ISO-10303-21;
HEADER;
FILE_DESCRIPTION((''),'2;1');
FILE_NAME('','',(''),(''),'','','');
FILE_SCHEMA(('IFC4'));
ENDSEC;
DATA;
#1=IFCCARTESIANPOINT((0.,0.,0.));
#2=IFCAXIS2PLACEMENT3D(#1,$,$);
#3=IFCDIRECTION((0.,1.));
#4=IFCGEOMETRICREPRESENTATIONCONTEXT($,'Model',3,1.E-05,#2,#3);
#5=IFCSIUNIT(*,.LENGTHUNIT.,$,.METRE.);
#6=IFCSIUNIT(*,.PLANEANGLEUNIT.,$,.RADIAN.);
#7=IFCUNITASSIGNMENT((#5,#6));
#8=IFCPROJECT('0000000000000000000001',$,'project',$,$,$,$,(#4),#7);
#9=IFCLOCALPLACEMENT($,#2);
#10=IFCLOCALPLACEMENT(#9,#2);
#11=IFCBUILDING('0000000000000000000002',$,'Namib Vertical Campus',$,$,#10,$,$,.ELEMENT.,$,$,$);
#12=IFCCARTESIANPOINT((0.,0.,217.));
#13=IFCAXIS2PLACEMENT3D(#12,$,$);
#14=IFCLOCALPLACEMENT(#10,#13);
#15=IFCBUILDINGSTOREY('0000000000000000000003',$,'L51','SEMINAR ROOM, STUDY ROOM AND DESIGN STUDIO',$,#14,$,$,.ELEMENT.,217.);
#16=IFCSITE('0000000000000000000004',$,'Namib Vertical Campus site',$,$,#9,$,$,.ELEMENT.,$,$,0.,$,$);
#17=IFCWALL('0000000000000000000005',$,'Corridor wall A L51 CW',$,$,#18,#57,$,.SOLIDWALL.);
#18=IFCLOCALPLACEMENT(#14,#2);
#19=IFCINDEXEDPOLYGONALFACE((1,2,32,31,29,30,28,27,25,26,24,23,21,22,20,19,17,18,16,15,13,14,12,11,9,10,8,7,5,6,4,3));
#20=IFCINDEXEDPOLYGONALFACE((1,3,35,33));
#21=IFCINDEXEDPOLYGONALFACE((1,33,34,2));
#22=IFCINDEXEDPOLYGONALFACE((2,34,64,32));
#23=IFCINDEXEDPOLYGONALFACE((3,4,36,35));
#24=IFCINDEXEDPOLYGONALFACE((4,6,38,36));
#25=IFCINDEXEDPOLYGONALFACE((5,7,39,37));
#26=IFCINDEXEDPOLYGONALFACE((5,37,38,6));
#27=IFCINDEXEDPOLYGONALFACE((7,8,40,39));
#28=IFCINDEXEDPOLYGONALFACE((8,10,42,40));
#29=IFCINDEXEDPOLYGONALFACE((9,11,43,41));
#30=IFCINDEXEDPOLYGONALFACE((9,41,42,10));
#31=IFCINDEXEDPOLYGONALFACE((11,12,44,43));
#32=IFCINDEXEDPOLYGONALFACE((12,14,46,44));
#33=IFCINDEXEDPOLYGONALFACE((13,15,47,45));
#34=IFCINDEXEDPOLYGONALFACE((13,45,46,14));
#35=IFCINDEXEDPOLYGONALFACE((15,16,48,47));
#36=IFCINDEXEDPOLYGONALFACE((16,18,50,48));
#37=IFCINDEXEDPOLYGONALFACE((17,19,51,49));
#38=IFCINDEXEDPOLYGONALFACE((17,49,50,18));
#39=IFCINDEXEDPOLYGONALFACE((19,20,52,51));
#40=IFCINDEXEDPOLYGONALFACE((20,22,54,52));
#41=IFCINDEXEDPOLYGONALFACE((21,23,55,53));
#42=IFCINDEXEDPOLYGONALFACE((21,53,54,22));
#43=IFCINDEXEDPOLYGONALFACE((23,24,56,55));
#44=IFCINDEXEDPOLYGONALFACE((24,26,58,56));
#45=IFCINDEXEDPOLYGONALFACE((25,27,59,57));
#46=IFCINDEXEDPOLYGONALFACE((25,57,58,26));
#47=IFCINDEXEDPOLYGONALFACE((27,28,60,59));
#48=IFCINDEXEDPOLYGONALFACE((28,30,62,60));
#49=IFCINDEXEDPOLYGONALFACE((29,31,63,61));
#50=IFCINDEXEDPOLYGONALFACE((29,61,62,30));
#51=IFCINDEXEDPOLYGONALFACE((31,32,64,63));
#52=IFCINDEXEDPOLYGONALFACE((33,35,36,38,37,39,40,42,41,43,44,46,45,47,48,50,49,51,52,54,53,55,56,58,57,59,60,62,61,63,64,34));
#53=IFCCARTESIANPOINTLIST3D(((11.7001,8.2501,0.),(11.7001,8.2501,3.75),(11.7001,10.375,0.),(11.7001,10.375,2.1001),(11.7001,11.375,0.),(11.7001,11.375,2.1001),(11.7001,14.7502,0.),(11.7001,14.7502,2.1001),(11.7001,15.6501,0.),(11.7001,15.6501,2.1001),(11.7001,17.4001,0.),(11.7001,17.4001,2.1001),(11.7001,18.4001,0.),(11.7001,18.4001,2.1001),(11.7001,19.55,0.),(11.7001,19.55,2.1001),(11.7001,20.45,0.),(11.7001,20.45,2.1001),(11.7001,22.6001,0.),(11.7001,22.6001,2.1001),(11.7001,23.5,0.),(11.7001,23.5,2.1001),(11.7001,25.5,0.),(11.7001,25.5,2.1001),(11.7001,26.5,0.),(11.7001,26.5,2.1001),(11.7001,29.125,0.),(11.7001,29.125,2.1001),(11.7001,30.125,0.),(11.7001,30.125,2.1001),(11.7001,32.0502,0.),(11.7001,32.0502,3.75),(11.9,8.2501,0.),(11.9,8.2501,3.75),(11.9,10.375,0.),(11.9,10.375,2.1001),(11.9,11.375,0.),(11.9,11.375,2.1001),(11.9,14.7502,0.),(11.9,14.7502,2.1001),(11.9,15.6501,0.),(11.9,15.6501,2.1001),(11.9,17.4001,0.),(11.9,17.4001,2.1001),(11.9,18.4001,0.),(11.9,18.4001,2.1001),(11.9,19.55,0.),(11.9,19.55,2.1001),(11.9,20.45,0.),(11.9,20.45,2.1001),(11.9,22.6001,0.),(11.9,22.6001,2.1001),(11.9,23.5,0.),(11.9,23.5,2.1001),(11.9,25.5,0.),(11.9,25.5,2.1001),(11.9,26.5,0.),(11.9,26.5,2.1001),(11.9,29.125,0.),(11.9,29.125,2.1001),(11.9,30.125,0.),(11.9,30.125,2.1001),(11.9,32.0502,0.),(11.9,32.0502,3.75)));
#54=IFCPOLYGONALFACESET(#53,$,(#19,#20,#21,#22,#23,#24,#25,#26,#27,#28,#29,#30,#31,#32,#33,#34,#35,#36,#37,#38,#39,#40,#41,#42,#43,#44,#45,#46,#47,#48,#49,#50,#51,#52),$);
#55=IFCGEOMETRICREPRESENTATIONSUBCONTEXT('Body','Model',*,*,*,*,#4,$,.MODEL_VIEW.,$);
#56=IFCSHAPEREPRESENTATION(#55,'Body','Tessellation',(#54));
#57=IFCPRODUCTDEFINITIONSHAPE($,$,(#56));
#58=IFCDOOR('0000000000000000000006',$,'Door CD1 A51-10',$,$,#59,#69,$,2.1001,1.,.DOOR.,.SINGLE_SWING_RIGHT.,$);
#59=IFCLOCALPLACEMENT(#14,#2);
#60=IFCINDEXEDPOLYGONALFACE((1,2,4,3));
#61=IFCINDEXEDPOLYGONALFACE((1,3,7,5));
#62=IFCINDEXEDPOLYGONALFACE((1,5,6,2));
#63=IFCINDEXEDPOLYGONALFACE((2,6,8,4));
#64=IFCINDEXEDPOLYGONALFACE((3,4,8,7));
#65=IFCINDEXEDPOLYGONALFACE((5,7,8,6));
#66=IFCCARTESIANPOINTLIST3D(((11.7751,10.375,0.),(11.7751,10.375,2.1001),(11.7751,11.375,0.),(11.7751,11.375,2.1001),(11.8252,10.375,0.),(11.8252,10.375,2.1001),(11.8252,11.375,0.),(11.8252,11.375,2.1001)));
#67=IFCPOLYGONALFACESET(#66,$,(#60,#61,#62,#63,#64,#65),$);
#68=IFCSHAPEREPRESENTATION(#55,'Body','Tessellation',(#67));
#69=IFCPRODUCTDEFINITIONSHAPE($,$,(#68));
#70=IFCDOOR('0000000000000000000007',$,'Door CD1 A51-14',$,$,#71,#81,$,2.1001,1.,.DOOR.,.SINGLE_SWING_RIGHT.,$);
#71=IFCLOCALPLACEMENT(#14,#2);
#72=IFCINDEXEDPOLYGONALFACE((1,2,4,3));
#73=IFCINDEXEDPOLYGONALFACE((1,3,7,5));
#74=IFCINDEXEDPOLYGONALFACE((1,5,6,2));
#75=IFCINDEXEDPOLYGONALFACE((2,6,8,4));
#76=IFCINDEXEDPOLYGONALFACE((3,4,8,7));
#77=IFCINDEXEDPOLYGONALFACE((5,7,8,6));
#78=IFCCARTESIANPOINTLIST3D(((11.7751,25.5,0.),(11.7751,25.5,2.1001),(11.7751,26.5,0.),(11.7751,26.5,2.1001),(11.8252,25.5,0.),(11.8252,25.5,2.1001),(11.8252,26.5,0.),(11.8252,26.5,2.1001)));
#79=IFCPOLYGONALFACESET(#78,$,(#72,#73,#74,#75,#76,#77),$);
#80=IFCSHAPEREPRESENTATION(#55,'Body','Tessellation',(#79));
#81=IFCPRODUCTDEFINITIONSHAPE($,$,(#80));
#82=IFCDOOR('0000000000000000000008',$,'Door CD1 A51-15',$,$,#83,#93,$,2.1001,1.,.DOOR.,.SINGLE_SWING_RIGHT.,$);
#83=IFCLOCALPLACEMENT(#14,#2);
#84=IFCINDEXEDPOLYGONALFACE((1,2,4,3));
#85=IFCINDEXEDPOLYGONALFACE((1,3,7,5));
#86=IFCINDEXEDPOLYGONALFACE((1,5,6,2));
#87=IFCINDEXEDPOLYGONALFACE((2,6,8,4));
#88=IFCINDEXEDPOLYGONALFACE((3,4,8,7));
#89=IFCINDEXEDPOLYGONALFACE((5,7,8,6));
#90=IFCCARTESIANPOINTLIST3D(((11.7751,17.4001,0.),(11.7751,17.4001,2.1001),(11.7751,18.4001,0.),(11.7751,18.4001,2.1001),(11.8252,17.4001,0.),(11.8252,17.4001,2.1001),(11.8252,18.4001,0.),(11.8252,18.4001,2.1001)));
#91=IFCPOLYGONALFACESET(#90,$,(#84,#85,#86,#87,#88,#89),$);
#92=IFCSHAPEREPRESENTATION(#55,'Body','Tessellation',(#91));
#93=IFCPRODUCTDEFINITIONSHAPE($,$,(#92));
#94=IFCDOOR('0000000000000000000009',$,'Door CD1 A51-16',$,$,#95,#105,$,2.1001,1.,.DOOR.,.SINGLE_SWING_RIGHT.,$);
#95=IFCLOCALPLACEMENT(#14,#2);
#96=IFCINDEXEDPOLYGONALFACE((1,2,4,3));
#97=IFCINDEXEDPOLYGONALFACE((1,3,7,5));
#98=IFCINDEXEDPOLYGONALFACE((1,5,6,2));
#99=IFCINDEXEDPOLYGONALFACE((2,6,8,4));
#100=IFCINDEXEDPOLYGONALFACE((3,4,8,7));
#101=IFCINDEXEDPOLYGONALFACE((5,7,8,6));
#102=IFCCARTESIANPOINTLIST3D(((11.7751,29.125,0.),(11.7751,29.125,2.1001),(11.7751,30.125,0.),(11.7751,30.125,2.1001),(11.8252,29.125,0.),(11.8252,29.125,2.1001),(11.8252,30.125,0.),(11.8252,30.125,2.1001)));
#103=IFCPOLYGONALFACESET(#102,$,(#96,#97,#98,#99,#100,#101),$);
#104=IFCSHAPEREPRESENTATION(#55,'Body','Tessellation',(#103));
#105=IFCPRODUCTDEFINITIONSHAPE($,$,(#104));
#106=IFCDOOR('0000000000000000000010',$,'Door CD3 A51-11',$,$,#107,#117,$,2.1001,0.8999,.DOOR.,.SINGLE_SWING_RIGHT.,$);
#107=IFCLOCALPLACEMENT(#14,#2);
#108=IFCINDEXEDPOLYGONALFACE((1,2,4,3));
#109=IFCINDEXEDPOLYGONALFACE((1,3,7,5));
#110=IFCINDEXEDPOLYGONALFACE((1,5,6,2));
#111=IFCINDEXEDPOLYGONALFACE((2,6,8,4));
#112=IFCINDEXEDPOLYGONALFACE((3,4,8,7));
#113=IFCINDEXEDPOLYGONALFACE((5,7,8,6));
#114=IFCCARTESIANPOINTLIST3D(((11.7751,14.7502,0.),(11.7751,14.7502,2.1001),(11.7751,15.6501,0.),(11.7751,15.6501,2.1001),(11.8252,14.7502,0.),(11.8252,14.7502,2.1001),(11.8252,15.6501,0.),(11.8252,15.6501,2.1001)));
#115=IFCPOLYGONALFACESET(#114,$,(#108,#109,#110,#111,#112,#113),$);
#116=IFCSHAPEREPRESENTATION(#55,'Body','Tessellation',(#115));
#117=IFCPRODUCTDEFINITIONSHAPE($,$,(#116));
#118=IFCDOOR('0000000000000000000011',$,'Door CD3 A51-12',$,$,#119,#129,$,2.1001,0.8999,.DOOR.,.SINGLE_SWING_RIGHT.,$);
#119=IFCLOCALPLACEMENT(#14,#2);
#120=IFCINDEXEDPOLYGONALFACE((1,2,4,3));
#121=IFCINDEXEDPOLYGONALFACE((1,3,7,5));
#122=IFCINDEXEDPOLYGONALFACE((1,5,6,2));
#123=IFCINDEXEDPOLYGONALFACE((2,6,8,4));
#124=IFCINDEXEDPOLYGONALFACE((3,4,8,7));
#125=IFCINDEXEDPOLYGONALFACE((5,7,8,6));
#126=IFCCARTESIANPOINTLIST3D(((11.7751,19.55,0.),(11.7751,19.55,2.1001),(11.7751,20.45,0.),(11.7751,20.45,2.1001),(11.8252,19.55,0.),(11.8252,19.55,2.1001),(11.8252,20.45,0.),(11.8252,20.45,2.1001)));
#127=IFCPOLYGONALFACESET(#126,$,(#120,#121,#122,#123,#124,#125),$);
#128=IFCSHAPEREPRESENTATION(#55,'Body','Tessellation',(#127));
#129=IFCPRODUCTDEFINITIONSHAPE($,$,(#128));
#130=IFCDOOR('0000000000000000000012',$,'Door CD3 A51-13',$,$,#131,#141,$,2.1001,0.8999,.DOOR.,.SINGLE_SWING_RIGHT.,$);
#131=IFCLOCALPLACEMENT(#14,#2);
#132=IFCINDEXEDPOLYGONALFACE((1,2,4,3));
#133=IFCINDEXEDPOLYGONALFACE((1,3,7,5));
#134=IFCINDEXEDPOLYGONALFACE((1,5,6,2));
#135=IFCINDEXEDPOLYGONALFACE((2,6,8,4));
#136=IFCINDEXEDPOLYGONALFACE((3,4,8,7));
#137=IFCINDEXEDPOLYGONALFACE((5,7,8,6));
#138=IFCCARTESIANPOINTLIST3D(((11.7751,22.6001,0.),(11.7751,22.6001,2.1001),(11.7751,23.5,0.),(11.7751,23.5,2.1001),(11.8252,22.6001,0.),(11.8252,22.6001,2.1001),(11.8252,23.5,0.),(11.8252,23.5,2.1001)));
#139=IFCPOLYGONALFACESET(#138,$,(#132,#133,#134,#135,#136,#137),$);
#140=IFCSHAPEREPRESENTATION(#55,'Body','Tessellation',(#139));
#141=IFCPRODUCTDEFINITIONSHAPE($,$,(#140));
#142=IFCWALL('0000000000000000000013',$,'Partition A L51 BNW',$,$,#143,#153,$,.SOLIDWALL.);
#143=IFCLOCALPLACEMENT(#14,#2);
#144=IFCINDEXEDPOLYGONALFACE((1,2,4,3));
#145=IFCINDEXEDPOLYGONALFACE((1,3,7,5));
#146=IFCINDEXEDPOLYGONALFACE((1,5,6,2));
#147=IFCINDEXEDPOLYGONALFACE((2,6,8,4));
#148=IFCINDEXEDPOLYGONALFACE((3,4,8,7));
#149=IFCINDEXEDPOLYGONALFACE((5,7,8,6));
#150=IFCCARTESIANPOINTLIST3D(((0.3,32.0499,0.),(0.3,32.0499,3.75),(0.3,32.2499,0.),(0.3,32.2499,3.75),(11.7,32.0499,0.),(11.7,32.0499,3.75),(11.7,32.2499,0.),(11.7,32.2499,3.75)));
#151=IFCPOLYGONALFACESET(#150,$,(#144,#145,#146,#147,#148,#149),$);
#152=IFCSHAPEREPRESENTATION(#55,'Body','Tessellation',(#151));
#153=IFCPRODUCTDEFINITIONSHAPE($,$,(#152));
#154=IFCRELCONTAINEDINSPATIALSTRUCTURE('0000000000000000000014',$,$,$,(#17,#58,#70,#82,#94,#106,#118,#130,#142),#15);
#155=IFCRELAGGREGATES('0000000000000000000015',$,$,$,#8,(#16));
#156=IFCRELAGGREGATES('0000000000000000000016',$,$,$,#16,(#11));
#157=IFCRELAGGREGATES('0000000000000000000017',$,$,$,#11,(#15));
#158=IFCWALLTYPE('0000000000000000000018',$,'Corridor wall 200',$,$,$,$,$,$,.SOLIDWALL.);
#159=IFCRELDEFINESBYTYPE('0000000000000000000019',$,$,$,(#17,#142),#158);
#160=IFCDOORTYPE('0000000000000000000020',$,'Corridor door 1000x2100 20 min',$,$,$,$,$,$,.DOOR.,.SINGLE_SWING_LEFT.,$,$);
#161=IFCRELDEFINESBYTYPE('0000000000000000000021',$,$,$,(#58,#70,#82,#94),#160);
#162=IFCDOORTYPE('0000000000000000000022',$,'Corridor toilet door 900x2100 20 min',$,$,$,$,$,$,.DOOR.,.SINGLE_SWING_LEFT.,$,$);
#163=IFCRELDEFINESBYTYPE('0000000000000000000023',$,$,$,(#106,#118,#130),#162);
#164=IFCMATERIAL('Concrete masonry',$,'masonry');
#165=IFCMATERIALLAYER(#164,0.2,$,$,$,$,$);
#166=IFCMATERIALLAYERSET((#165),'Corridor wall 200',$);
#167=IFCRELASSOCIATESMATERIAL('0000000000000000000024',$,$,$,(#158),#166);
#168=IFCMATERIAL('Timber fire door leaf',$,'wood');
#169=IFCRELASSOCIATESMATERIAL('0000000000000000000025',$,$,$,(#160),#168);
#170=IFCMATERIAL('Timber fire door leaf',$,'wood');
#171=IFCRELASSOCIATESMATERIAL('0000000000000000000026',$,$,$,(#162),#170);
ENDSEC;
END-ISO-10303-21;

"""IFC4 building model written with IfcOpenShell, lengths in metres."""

from ifc_helpers import new_model, si_unit, direction, frame, frame_2d, origin, place, context, subcontext, project, spatial, rectangle, extrude, material, layer, layer_set, type_object, element, fill, save


model = new_model("IFC4")

# Units and contexts
model_context = context("Model", 3, precision=1e-05, world=origin(), true_north=direction((0.0, 1.0)))
body_context = subcontext(model_context, "Body", "Model", "MODEL_VIEW")
ifc_project = project(units=[si_unit("LENGTHUNIT", "METRE"), si_unit("PLANEANGLEUNIT", "RADIAN")], contexts=[model_context])

# Site, building, storey
site_placement = place(None, origin())
site = spatial("IfcSite", under=ifc_project, at=site_placement, Name="Namib Vertical Campus site", CompositionType="ELEMENT", RefElevation=0.0)
building_placement = place(site_placement, origin())
building = spatial("IfcBuilding", under=site, at=building_placement, Name="Namib Vertical Campus", CompositionType="ELEMENT")
storey_placement = place(building_placement, frame((0.0, 0.0, 217.0)))
storey = spatial("IfcBuildingStorey", under=building, at=storey_placement, Name="L51", Description="SEMINAR ROOM, STUDY ROOM AND DESIGN STUDIO", CompositionType="ELEMENT", Elevation=217.0)

# Wall, openings, doors
ifc_material_1 = material(Name="Concrete masonry", Category="masonry")
ifc_layer_1 = layer(ifc_material_1, 0.2)
ifc_layer_set_1 = layer_set([ifc_layer_1], Name="Corridor wall 200")
wall_type_1 = type_object("IfcWallType", Name="Corridor wall 200", PredefinedType="SOLIDWALL", material=ifc_layer_set_1)
wall_1_placement = place(storey_placement, frame((11.8, 32.05, 0.0), z_axis=(0.0, 0.0, 1.0), x_axis=(0.0, -1.0, 0.0)))
wall_1 = element("IfcWall", 1, at=wall_1_placement, inside=storey, type_object=wall_type_1, Name="Corridor wall A L51 CW", PredefinedType="SOLIDWALL", context=body_context, shape_type="SweptSolid", body=[
    extrude(rectangle(XDim=23.8, YDim=0.2, at=frame_2d((11.8999, 0.0))), origin(), (0.0, 0.0, 1.0), 3.75),
])
opening_1_placement = place(wall_1_placement, frame((20.675, 0.0, 0.0)))
opening_1 = element("IfcOpeningElement", 2, at=opening_1_placement, cuts=wall_1, PredefinedType="OPENING", context=body_context, shape_type="SweptSolid", body=[
    extrude(rectangle(XDim=1.0, YDim=2.1001, at=frame_2d((0.5, 1.05))), frame((0.0, 0.1099, 0.0), z_axis=(0.0, -1.0, 0.0), x_axis=(1.0, 0.0, 0.0)), (0.0, 0.0, 1.0), 0.22),
])
opening_2_placement = place(wall_1_placement, frame((16.3999, 0.0, 0.0)))
opening_2 = element("IfcOpeningElement", 3, at=opening_2_placement, cuts=wall_1, PredefinedType="OPENING", context=body_context, shape_type="SweptSolid", body=[
    extrude(rectangle(XDim=0.8999, YDim=2.1001, at=frame_2d((0.45, 1.05))), frame((0.0, 0.1099, 0.0), z_axis=(0.0, -1.0, 0.0), x_axis=(1.0, 0.0, 0.0)), (0.0, 0.0, 1.0), 0.22),
])
opening_3_placement = place(wall_1_placement, frame((11.6001, 0.0, 0.0)))
opening_3 = element("IfcOpeningElement", 4, at=opening_3_placement, cuts=wall_1, PredefinedType="OPENING", context=body_context, shape_type="SweptSolid", body=[
    extrude(rectangle(XDim=0.8999, YDim=2.1001, at=frame_2d((0.45, 1.05))), frame((0.0, 0.1099, 0.0), z_axis=(0.0, -1.0, 0.0), x_axis=(1.0, 0.0, 0.0)), (0.0, 0.0, 1.0), 0.22),
])
opening_4_placement = place(wall_1_placement, frame((8.55, 0.0, 0.0)))
opening_4 = element("IfcOpeningElement", 5, at=opening_4_placement, cuts=wall_1, PredefinedType="OPENING", context=body_context, shape_type="SweptSolid", body=[
    extrude(rectangle(XDim=0.8999, YDim=2.1001, at=frame_2d((0.45, 1.05))), frame((0.0, 0.1099, 0.0), z_axis=(0.0, -1.0, 0.0), x_axis=(1.0, 0.0, 0.0)), (0.0, 0.0, 1.0), 0.22),
])
opening_5_placement = place(wall_1_placement, frame((5.55, 0.0, 0.0)))
opening_5 = element("IfcOpeningElement", 6, at=opening_5_placement, cuts=wall_1, PredefinedType="OPENING", context=body_context, shape_type="SweptSolid", body=[
    extrude(rectangle(XDim=1.0, YDim=2.1001, at=frame_2d((0.5, 1.05))), frame((0.0, 0.1099, 0.0), z_axis=(0.0, -1.0, 0.0), x_axis=(1.0, 0.0, 0.0)), (0.0, 0.0, 1.0), 0.22),
])
opening_6_placement = place(wall_1_placement, frame((13.6499, 0.0, 0.0)))
opening_6 = element("IfcOpeningElement", 7, at=opening_6_placement, cuts=wall_1, PredefinedType="OPENING", context=body_context, shape_type="SweptSolid", body=[
    extrude(rectangle(XDim=1.0, YDim=2.1001, at=frame_2d((0.5, 1.05))), frame((0.0, 0.1099, 0.0), z_axis=(0.0, -1.0, 0.0), x_axis=(1.0, 0.0, 0.0)), (0.0, 0.0, 1.0), 0.22),
])
opening_7_placement = place(wall_1_placement, frame((1.925, 0.0, 0.0)))
opening_7 = element("IfcOpeningElement", 8, at=opening_7_placement, cuts=wall_1, PredefinedType="OPENING", context=body_context, shape_type="SweptSolid", body=[
    extrude(rectangle(XDim=1.0, YDim=2.1001, at=frame_2d((0.5, 1.05))), frame((0.0, 0.1099, 0.0), z_axis=(0.0, -1.0, 0.0), x_axis=(1.0, 0.0, 0.0)), (0.0, 0.0, 1.0), 0.22),
])
ifc_material_2 = material(Name="Timber fire door leaf", Category="wood")
door_type_1 = type_object("IfcDoorType", Name="Corridor door 1000x2100 20 min", OperationType="SINGLE_SWING_LEFT", PredefinedType="DOOR", material=ifc_material_2)
door_1_placement = place(opening_1_placement, frame((1.0, 0.0, 0.0), z_axis=(0.0, 0.0, 1.0), x_axis=(-1.0, 0.0, 0.0)))
door_1 = element("IfcDoor", 9, at=door_1_placement, inside=storey, type_object=door_type_1, Name="Door CD1 A51-10", OperationType="SINGLE_SWING_RIGHT", OverallHeight=2.1001, OverallWidth=1.0, PredefinedType="DOOR", context=body_context, shape_type="SweptSolid", body=[
    extrude(rectangle(XDim=1.0, YDim=2.1001, at=frame_2d((0.5, 1.05))), frame((0.0, 0.0249, 0.0), z_axis=(0.0, -1.0, 0.0), x_axis=(1.0, 0.0, 0.0)), (0.0, 0.0, 1.0), 0.05),
])
fill(opening_1, door_1)
door_2_placement = place(opening_5_placement, frame((1.0, 0.0, 0.0), z_axis=(0.0, 0.0, 1.0), x_axis=(-1.0, 0.0, 0.0)))
door_2 = element("IfcDoor", 10, at=door_2_placement, inside=storey, type_object=door_type_1, Name="Door CD1 A51-14", OperationType="SINGLE_SWING_RIGHT", OverallHeight=2.1001, OverallWidth=1.0, PredefinedType="DOOR", context=body_context, shape_type="SweptSolid", body=[
    extrude(rectangle(XDim=1.0, YDim=2.1001, at=frame_2d((0.5, 1.05))), frame((0.0, 0.0249, 0.0), z_axis=(0.0, -1.0, 0.0), x_axis=(1.0, 0.0, 0.0)), (0.0, 0.0, 1.0), 0.05),
])
fill(opening_5, door_2)
door_3_placement = place(opening_6_placement, frame((1.0, 0.0, 0.0), z_axis=(0.0, 0.0, 1.0), x_axis=(-1.0, 0.0, 0.0)))
door_3 = element("IfcDoor", 11, at=door_3_placement, inside=storey, type_object=door_type_1, Name="Door CD1 A51-15", OperationType="SINGLE_SWING_RIGHT", OverallHeight=2.1001, OverallWidth=1.0, PredefinedType="DOOR", context=body_context, shape_type="SweptSolid", body=[
    extrude(rectangle(XDim=1.0, YDim=2.1001, at=frame_2d((0.5, 1.05))), frame((0.0, 0.0249, 0.0), z_axis=(0.0, -1.0, 0.0), x_axis=(1.0, 0.0, 0.0)), (0.0, 0.0, 1.0), 0.05),
])
fill(opening_6, door_3)
door_4_placement = place(opening_7_placement, frame((1.0, 0.0, 0.0), z_axis=(0.0, 0.0, 1.0), x_axis=(-1.0, 0.0, 0.0)))
door_4 = element("IfcDoor", 12, at=door_4_placement, inside=storey, type_object=door_type_1, Name="Door CD1 A51-16", OperationType="SINGLE_SWING_RIGHT", OverallHeight=2.1001, OverallWidth=1.0, PredefinedType="DOOR", context=body_context, shape_type="SweptSolid", body=[
    extrude(rectangle(XDim=1.0, YDim=2.1001, at=frame_2d((0.5, 1.05))), frame((0.0, 0.0249, 0.0), z_axis=(0.0, -1.0, 0.0), x_axis=(1.0, 0.0, 0.0)), (0.0, 0.0, 1.0), 0.05),
])
fill(opening_7, door_4)
ifc_material_3 = material(Name="Timber fire door leaf", Category="wood")
door_type_2 = type_object("IfcDoorType", Name="Corridor toilet door 900x2100 20 min", OperationType="SINGLE_SWING_LEFT", PredefinedType="DOOR", material=ifc_material_3)
door_5_placement = place(opening_2_placement, frame((0.8999, 0.0, 0.0), z_axis=(0.0, 0.0, 1.0), x_axis=(-1.0, 0.0, 0.0)))
door_5 = element("IfcDoor", 13, at=door_5_placement, inside=storey, type_object=door_type_2, Name="Door CD3 A51-11", OperationType="SINGLE_SWING_RIGHT", OverallHeight=2.1001, OverallWidth=0.8999, PredefinedType="DOOR", context=body_context, shape_type="SweptSolid", body=[
    extrude(rectangle(XDim=0.8999, YDim=2.1001, at=frame_2d((0.45, 1.05))), frame((0.0, 0.0249, 0.0), z_axis=(0.0, -1.0, 0.0), x_axis=(1.0, 0.0, 0.0)), (0.0, 0.0, 1.0), 0.05),
])
fill(opening_2, door_5)
door_6_placement = place(opening_3_placement, frame((0.8999, 0.0, 0.0), z_axis=(0.0, 0.0, 1.0), x_axis=(-1.0, 0.0, 0.0)))
door_6 = element("IfcDoor", 14, at=door_6_placement, inside=storey, type_object=door_type_2, Name="Door CD3 A51-12", OperationType="SINGLE_SWING_RIGHT", OverallHeight=2.1001, OverallWidth=0.8999, PredefinedType="DOOR", context=body_context, shape_type="SweptSolid", body=[
    extrude(rectangle(XDim=0.8999, YDim=2.1001, at=frame_2d((0.45, 1.05))), frame((0.0, 0.0249, 0.0), z_axis=(0.0, -1.0, 0.0), x_axis=(1.0, 0.0, 0.0)), (0.0, 0.0, 1.0), 0.05),
])
fill(opening_3, door_6)
door_7_placement = place(opening_4_placement, frame((0.8999, 0.0, 0.0), z_axis=(0.0, 0.0, 1.0), x_axis=(-1.0, 0.0, 0.0)))
door_7 = element("IfcDoor", 15, at=door_7_placement, inside=storey, type_object=door_type_2, Name="Door CD3 A51-13", OperationType="SINGLE_SWING_RIGHT", OverallHeight=2.1001, OverallWidth=0.8999, PredefinedType="DOOR", context=body_context, shape_type="SweptSolid", body=[
    extrude(rectangle(XDim=0.8999, YDim=2.1001, at=frame_2d((0.45, 1.05))), frame((0.0, 0.0249, 0.0), z_axis=(0.0, -1.0, 0.0), x_axis=(1.0, 0.0, 0.0)), (0.0, 0.0, 1.0), 0.05),
])
fill(opening_4, door_7)

# Wall
wall_2_placement = place(storey_placement, frame((0.3, 32.1499, 0.0), z_axis=(0.0, 0.0, 1.0), x_axis=(1.0, 0.0, 0.0)))
element("IfcWall", 16, at=wall_2_placement, inside=storey, type_object=wall_type_1, Name="Partition A L51 BNW", PredefinedType="SOLIDWALL", context=body_context, shape_type="SweptSolid", body=[
    extrude(rectangle(XDim=11.3999, YDim=0.2, at=frame_2d((5.7, 0.0))), origin(), (0.0, 0.0, 1.0), 3.75),
])

save(model, "model.ifc")
